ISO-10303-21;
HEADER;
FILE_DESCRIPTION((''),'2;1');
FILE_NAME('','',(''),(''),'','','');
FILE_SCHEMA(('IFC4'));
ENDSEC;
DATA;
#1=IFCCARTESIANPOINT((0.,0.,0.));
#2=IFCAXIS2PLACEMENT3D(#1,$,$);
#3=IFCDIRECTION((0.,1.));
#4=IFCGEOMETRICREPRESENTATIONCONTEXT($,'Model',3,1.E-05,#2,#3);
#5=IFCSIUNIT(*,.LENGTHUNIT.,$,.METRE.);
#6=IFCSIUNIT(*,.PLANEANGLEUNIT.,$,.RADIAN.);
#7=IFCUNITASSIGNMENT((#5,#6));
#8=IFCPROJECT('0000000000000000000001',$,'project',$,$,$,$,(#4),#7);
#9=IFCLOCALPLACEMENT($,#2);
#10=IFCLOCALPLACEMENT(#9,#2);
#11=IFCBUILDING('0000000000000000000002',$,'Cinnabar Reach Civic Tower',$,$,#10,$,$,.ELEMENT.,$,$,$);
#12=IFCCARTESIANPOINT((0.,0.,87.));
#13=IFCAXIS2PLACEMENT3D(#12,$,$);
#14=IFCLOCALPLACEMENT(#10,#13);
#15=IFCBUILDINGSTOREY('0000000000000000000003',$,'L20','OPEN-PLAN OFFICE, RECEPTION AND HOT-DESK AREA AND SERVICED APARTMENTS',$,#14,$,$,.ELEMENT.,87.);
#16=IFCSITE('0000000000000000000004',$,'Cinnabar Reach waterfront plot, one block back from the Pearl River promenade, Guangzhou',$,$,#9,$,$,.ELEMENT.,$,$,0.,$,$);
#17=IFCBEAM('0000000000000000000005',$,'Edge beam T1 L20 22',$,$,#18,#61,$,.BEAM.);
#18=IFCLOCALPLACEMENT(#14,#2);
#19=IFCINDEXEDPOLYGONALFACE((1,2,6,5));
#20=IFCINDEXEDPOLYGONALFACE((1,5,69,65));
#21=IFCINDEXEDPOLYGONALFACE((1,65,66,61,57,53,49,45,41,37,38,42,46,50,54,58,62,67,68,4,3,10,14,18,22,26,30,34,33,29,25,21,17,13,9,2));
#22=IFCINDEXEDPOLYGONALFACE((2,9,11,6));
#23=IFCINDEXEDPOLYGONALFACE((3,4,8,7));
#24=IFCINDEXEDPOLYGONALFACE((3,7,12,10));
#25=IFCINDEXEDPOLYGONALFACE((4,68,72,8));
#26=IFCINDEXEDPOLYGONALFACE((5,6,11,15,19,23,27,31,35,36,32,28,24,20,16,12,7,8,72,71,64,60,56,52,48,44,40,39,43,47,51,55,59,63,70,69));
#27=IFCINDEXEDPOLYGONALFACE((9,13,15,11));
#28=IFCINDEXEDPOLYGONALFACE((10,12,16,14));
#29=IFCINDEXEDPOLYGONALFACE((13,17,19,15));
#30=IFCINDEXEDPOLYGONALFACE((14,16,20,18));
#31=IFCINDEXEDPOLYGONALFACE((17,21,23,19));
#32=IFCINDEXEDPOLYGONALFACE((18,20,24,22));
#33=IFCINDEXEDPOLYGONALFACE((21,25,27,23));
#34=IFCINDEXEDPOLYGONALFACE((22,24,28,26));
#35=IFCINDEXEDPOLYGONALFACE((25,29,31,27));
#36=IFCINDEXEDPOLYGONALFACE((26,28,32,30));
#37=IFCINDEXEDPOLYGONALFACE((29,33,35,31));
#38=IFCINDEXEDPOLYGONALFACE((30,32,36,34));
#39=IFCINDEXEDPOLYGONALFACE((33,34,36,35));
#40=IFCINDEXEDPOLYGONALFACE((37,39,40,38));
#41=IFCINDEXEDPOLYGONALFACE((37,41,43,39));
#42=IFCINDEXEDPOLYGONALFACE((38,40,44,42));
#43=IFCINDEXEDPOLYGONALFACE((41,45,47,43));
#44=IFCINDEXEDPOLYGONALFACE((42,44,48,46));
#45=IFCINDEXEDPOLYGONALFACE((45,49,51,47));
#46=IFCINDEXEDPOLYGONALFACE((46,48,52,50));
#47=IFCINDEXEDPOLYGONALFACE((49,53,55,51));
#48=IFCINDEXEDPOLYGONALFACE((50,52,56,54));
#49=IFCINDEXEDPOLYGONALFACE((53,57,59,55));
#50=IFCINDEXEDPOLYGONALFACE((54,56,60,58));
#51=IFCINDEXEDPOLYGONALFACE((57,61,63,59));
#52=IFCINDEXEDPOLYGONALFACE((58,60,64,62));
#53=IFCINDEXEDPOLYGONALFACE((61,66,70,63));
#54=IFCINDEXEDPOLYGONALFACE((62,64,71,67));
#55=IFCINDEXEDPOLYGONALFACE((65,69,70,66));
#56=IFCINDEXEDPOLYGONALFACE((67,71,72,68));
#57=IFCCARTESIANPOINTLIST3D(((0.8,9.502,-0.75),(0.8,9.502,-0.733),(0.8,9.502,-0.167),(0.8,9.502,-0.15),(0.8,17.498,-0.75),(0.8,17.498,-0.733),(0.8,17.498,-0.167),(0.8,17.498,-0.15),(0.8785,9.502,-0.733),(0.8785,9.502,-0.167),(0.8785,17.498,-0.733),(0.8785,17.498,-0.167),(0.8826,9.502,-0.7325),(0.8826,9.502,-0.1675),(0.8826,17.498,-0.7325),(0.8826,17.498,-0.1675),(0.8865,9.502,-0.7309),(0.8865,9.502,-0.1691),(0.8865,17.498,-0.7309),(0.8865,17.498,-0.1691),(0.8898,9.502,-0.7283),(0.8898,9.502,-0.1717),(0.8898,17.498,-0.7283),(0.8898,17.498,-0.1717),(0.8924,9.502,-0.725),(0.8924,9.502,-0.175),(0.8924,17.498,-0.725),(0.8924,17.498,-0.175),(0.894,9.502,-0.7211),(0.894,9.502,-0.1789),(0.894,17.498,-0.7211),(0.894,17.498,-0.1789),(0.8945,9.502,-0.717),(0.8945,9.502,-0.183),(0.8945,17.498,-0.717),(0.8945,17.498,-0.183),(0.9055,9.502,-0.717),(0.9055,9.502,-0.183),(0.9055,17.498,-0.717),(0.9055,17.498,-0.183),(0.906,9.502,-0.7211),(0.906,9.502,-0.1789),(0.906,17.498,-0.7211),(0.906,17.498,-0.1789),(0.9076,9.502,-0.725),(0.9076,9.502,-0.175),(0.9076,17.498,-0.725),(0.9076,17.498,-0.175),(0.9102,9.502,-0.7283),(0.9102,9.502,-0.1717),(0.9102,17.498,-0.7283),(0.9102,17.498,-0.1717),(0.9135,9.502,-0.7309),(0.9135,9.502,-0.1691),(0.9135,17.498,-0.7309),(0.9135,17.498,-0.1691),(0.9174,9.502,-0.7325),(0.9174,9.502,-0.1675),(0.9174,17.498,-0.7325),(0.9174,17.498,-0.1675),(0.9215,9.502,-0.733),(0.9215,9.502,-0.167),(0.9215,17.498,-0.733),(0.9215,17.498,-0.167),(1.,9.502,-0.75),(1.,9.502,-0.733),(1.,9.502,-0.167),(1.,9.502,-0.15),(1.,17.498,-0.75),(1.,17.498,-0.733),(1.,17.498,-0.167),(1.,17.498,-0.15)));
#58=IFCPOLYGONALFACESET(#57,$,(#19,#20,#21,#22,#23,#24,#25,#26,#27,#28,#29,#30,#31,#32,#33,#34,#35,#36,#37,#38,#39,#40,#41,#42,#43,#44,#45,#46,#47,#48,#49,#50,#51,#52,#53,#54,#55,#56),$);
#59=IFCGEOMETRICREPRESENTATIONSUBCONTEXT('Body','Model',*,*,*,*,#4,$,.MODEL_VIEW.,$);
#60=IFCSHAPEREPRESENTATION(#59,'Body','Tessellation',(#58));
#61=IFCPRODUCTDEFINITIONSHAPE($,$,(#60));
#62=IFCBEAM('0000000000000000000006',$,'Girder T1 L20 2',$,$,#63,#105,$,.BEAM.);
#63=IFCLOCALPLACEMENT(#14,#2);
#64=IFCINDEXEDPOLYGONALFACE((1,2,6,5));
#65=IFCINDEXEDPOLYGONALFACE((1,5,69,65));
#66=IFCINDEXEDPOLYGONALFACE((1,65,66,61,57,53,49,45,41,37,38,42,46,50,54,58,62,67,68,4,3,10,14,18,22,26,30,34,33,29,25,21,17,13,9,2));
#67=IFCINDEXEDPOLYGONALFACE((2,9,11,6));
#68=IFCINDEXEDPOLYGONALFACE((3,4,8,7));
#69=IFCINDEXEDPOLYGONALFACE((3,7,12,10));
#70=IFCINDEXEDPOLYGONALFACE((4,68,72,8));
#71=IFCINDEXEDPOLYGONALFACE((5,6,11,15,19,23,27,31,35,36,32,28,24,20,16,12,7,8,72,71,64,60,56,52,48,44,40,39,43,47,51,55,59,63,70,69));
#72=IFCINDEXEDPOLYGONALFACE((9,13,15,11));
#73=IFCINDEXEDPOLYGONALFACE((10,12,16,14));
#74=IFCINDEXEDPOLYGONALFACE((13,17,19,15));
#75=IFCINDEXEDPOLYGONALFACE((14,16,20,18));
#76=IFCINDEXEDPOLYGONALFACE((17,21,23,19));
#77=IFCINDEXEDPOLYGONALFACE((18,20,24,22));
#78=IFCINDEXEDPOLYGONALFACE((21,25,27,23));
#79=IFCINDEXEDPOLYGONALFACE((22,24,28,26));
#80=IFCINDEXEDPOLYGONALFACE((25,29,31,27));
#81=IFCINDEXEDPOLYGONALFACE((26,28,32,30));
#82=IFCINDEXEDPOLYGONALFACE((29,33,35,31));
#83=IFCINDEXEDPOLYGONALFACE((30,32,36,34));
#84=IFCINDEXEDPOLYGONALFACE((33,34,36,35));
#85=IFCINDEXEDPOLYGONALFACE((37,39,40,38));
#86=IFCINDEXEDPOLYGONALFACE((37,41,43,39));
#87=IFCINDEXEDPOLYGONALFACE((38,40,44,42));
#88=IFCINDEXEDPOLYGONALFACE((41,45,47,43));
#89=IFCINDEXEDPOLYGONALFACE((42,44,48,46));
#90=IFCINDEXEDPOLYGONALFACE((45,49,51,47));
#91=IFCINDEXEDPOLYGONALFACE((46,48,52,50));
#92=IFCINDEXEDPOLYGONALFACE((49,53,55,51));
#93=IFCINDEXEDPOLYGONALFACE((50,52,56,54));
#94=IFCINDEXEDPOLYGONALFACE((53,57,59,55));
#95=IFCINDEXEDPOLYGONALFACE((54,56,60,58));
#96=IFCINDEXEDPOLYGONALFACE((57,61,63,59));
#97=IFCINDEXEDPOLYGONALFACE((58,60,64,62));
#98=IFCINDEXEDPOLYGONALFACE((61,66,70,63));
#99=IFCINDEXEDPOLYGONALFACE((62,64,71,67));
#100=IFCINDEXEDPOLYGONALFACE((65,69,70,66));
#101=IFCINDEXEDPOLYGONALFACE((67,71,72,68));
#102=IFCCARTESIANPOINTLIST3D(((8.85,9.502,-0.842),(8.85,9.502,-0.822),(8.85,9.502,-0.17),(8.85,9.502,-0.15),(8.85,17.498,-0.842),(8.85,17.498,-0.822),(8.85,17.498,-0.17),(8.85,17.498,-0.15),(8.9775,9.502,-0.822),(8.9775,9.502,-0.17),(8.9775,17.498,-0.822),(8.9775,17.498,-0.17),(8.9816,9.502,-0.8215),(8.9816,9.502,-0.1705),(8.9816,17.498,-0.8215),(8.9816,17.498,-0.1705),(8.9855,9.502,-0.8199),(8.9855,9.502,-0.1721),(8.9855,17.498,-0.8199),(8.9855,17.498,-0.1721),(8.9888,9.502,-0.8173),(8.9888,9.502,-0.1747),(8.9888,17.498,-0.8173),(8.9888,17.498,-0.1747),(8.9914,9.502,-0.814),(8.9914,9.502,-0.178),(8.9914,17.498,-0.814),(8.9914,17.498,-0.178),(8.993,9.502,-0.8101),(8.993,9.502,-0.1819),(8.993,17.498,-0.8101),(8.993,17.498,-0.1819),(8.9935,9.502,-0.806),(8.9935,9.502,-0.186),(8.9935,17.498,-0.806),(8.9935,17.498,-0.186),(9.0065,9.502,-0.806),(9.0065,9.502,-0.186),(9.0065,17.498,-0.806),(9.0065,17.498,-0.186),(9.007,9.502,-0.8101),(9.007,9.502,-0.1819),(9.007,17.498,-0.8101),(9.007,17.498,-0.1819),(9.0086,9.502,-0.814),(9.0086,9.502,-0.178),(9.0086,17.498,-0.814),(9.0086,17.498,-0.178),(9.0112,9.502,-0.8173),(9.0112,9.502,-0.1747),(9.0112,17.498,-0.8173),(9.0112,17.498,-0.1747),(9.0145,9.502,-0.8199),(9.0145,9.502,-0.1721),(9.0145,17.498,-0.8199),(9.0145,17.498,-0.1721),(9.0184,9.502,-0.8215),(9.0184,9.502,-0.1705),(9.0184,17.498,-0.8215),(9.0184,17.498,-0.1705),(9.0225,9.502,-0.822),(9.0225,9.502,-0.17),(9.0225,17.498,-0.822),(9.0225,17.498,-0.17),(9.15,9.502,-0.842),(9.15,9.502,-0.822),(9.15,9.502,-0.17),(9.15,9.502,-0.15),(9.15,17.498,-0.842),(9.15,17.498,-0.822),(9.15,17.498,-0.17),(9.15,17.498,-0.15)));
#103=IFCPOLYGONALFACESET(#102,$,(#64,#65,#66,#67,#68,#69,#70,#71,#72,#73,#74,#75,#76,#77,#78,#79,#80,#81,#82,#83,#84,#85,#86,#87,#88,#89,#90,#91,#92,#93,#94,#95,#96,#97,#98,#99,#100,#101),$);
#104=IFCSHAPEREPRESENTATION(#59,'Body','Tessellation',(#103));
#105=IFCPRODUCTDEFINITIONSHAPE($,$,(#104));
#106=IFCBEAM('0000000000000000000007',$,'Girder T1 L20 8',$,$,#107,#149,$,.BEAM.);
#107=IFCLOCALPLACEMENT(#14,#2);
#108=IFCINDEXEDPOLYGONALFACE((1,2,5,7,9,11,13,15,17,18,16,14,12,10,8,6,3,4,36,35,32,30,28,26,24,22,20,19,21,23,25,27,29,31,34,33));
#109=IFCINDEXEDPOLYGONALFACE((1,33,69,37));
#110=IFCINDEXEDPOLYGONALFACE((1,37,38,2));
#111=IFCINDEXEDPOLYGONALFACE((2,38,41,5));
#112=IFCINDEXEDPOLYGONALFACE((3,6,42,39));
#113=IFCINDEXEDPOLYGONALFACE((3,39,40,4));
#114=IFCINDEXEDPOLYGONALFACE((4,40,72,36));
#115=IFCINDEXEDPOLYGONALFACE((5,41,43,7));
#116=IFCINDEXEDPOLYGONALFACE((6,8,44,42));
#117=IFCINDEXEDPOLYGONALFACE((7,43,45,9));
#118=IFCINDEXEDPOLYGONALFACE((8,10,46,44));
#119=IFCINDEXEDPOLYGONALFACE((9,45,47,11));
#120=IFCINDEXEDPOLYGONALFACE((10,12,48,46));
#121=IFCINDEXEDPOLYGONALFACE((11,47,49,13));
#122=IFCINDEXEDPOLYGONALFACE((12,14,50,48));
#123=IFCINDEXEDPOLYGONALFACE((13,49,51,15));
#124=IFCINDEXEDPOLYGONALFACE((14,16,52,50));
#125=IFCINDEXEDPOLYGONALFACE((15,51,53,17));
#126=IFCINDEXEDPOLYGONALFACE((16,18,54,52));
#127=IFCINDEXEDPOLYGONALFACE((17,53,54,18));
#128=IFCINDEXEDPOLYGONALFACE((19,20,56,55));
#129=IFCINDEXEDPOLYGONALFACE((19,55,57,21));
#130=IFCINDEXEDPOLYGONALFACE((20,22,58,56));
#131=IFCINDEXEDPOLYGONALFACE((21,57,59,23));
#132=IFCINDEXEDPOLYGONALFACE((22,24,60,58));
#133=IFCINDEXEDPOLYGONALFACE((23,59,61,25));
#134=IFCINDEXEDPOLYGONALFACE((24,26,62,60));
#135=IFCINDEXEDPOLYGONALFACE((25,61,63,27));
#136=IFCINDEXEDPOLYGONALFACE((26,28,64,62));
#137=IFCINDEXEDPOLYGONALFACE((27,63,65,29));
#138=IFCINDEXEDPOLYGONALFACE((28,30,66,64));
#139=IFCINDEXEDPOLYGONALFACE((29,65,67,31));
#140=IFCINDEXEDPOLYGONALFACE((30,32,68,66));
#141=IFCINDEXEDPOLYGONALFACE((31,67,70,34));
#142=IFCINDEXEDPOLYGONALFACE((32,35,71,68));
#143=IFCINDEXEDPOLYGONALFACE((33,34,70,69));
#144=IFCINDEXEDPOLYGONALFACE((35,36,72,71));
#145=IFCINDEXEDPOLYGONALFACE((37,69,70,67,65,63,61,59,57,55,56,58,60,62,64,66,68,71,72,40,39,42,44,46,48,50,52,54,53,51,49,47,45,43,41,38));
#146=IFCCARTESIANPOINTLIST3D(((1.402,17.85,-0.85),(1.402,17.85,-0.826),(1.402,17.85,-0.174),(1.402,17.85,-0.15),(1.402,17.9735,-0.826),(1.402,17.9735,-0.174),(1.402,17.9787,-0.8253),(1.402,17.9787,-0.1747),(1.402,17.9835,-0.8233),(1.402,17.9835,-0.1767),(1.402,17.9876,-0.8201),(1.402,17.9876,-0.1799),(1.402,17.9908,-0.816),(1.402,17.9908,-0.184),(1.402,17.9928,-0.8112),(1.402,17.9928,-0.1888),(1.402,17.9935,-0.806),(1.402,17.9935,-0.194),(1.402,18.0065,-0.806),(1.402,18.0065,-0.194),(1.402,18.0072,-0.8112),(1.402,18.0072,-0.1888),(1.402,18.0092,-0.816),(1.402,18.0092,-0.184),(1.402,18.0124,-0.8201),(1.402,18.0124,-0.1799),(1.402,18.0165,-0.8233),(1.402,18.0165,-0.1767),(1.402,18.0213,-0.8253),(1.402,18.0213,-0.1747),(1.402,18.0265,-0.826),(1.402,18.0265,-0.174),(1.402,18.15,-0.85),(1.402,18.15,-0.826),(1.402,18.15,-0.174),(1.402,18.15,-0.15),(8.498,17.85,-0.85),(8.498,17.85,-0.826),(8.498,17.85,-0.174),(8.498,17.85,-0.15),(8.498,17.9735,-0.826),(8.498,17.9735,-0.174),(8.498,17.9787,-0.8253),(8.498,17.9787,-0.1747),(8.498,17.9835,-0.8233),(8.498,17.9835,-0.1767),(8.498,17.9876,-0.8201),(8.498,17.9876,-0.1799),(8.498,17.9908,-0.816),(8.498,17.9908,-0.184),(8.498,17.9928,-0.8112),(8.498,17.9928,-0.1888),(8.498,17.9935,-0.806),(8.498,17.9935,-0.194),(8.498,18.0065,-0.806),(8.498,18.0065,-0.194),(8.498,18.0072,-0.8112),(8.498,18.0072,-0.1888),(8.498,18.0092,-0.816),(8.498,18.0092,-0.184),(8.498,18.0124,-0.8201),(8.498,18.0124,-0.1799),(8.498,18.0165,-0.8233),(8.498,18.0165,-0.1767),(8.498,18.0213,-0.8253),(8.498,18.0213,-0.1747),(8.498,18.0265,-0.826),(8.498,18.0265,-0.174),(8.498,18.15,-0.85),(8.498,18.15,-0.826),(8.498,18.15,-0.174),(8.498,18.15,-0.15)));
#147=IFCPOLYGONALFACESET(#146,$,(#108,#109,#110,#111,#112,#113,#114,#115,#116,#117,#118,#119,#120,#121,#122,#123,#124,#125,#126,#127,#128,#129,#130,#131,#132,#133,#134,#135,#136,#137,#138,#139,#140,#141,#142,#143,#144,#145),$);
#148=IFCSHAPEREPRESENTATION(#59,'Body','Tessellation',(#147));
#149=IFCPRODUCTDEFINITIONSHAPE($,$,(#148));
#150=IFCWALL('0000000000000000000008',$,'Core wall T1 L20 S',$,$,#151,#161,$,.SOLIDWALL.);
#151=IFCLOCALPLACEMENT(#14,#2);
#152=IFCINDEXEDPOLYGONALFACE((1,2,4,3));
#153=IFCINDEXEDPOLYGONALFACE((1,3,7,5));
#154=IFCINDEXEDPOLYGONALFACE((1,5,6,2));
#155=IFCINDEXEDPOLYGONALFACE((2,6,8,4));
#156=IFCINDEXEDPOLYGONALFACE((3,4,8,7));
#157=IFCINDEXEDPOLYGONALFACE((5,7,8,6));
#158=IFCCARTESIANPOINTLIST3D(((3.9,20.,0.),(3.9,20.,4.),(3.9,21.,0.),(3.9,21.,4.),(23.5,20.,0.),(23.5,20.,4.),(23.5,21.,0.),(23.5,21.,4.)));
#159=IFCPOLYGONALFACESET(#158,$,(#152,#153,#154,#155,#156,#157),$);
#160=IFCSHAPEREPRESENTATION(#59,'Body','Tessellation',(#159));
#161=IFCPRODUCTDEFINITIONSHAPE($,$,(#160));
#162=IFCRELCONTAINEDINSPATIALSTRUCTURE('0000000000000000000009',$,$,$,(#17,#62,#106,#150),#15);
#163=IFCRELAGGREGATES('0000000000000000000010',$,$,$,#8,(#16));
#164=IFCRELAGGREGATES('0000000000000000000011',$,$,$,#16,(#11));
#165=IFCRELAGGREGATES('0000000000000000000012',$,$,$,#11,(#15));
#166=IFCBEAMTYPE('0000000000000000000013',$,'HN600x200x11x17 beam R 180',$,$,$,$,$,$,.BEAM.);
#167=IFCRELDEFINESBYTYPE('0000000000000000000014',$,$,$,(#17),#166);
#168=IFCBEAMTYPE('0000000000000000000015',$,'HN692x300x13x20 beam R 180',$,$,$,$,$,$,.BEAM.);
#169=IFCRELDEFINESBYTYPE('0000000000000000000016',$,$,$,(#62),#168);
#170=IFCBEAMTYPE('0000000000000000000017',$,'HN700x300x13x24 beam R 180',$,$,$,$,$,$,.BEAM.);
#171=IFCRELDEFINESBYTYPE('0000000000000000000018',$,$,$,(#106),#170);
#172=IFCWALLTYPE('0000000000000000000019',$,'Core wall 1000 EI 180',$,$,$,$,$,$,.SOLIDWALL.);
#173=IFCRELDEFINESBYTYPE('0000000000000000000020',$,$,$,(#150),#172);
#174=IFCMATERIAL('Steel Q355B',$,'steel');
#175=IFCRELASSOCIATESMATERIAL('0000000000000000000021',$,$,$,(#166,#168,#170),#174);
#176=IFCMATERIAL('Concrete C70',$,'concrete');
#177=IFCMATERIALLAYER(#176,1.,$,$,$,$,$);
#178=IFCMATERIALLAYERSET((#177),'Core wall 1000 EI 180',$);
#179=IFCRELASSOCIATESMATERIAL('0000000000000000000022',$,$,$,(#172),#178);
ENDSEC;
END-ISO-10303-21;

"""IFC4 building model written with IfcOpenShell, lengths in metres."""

from ifc_helpers import new_model, si_unit, direction, frame, frame_2d, origin, origin_2d, place, context, subcontext, project, spatial, rectangle, i_section, extrude, material, layer, layer_set, material_profile, profile_set, type_object, element, save


model = new_model("IFC4")

# Units and contexts
model_context = context("Model", 3, precision=1e-05, world=origin(), true_north=direction((0.0, 1.0)))
body_context = subcontext(model_context, "Body", "Model", "MODEL_VIEW")
ifc_project = project(units=[si_unit("LENGTHUNIT", "METRE"), si_unit("PLANEANGLEUNIT", "RADIAN")], contexts=[model_context])

# Site, building, storey
site_placement = place(None, origin())
site = spatial("IfcSite", under=ifc_project, at=site_placement, Name="Cinnabar Reach waterfront plot, one block back from the Pearl River promenade, Guangzhou", CompositionType="ELEMENT", RefElevation=0.0)
building_placement = place(site_placement, origin())
building = spatial("IfcBuilding", under=site, at=building_placement, Name="Cinnabar Reach Civic Tower", CompositionType="ELEMENT")
storey_placement = place(building_placement, frame((0.0, 0.0, 87.0)))
storey = spatial("IfcBuildingStorey", under=building, at=storey_placement, Name="L20", Description="OPEN-PLAN OFFICE, RECEPTION AND HOT-DESK AREA AND SERVICED APARTMENTS", CompositionType="ELEMENT", Elevation=87.0)

# Shared definitions
ifc_material_1 = material(Name="Concrete C70", Category="concrete")

# Beams
ifc_material_2 = material(Name="Steel Q355B", Category="steel")
ifc_material_profile_1 = material_profile(ifc_material_2, i_section(OverallWidth=0.2, OverallDepth=0.6, WebThickness=0.011, FlangeThickness=0.017, FilletRadius=0.016, at=origin_2d()), Name="HN600x200x11x17")
ifc_profile_set_1 = profile_set([ifc_material_profile_1], Name="Steel Q355B")
beam_type_1 = type_object("IfcBeamType", Name="HN600x200x11x17 beam R 180", PredefinedType="BEAM", material=ifc_profile_set_1)
beam_1_placement = place(storey_placement, frame((0.9, 17.498, -0.45), z_axis=(0.0, -1.0, 0.0), x_axis=(1.0, 0.0, 0.0)))
element("IfcBeam", 1, at=beam_1_placement, inside=storey, type_object=beam_type_1, Name="Edge beam T1 L20 22", PredefinedType="BEAM", context=body_context, shape_type="SweptSolid", body=[
    extrude(i_section(OverallWidth=0.2, OverallDepth=0.6, WebThickness=0.011, FlangeThickness=0.017, FilletRadius=0.016, at=origin_2d()), origin(), (0.0, 0.0, 1.0), 7.996),
])
ifc_material_profile_2 = material_profile(ifc_material_2, i_section(OverallWidth=0.3, OverallDepth=0.692, WebThickness=0.013, FlangeThickness=0.02, FilletRadius=0.016, at=origin_2d()), Name="HN692x300x13x20")
ifc_profile_set_2 = profile_set([ifc_material_profile_2], Name="Steel Q355B")
beam_type_2 = type_object("IfcBeamType", Name="HN692x300x13x20 beam R 180", PredefinedType="BEAM", material=ifc_profile_set_2)
beam_2_placement = place(storey_placement, frame((9.0, 9.502, -0.496), z_axis=(0.0, 1.0, 0.0), x_axis=(-1.0, 0.0, 0.0)))
element("IfcBeam", 2, at=beam_2_placement, inside=storey, type_object=beam_type_2, Name="Girder T1 L20 2", PredefinedType="BEAM", context=body_context, shape_type="SweptSolid", body=[
    extrude(i_section(OverallWidth=0.3, OverallDepth=0.692, WebThickness=0.013, FlangeThickness=0.02, FilletRadius=0.016, at=origin_2d()), origin(), (0.0, 0.0, 1.0), 7.996),
])
ifc_material_profile_3 = material_profile(ifc_material_2, i_section(OverallWidth=0.3, OverallDepth=0.7, WebThickness=0.013, FlangeThickness=0.024, FilletRadius=0.02, at=origin_2d()), Name="HN700x300x13x24")
ifc_profile_set_3 = profile_set([ifc_material_profile_3], Name="Steel Q355B")
beam_type_3 = type_object("IfcBeamType", Name="HN700x300x13x24 beam R 180", PredefinedType="BEAM", material=ifc_profile_set_3)
beam_3_placement = place(storey_placement, frame((1.402, 18.0, -0.5), z_axis=(1.0, 0.0, 0.0), x_axis=(0.0, 1.0, 0.0)))
element("IfcBeam", 3, at=beam_3_placement, inside=storey, type_object=beam_type_3, Name="Girder T1 L20 8", PredefinedType="BEAM", context=body_context, shape_type="SweptSolid", body=[
    extrude(i_section(OverallWidth=0.3, OverallDepth=0.7, WebThickness=0.013, FlangeThickness=0.024, FilletRadius=0.02, at=origin_2d()), origin(), (0.0, 0.0, 1.0), 7.096),
])

# Wall
ifc_layer_1 = layer(ifc_material_1, 1.0)
ifc_layer_set_1 = layer_set([ifc_layer_1], Name="Core wall 1000 EI 180")
wall_type_1 = type_object("IfcWallType", Name="Core wall 1000 EI 180", PredefinedType="SOLIDWALL", material=ifc_layer_set_1)
wall_1_placement = place(storey_placement, frame((3.9, 20.5, 0.0), z_axis=(0.0, 0.0, 1.0), x_axis=(1.0, 0.0, 0.0)))
element("IfcWall", 4, at=wall_1_placement, inside=storey, type_object=wall_type_1, Name="Core wall T1 L20 S", PredefinedType="SOLIDWALL", context=body_context, shape_type="SweptSolid", body=[
    extrude(rectangle(XDim=19.6, YDim=1.0, at=frame_2d((9.8, 0.0))), origin(), (0.0, 0.0, 1.0), 4.0),
])

save(model, "model.ifc")
